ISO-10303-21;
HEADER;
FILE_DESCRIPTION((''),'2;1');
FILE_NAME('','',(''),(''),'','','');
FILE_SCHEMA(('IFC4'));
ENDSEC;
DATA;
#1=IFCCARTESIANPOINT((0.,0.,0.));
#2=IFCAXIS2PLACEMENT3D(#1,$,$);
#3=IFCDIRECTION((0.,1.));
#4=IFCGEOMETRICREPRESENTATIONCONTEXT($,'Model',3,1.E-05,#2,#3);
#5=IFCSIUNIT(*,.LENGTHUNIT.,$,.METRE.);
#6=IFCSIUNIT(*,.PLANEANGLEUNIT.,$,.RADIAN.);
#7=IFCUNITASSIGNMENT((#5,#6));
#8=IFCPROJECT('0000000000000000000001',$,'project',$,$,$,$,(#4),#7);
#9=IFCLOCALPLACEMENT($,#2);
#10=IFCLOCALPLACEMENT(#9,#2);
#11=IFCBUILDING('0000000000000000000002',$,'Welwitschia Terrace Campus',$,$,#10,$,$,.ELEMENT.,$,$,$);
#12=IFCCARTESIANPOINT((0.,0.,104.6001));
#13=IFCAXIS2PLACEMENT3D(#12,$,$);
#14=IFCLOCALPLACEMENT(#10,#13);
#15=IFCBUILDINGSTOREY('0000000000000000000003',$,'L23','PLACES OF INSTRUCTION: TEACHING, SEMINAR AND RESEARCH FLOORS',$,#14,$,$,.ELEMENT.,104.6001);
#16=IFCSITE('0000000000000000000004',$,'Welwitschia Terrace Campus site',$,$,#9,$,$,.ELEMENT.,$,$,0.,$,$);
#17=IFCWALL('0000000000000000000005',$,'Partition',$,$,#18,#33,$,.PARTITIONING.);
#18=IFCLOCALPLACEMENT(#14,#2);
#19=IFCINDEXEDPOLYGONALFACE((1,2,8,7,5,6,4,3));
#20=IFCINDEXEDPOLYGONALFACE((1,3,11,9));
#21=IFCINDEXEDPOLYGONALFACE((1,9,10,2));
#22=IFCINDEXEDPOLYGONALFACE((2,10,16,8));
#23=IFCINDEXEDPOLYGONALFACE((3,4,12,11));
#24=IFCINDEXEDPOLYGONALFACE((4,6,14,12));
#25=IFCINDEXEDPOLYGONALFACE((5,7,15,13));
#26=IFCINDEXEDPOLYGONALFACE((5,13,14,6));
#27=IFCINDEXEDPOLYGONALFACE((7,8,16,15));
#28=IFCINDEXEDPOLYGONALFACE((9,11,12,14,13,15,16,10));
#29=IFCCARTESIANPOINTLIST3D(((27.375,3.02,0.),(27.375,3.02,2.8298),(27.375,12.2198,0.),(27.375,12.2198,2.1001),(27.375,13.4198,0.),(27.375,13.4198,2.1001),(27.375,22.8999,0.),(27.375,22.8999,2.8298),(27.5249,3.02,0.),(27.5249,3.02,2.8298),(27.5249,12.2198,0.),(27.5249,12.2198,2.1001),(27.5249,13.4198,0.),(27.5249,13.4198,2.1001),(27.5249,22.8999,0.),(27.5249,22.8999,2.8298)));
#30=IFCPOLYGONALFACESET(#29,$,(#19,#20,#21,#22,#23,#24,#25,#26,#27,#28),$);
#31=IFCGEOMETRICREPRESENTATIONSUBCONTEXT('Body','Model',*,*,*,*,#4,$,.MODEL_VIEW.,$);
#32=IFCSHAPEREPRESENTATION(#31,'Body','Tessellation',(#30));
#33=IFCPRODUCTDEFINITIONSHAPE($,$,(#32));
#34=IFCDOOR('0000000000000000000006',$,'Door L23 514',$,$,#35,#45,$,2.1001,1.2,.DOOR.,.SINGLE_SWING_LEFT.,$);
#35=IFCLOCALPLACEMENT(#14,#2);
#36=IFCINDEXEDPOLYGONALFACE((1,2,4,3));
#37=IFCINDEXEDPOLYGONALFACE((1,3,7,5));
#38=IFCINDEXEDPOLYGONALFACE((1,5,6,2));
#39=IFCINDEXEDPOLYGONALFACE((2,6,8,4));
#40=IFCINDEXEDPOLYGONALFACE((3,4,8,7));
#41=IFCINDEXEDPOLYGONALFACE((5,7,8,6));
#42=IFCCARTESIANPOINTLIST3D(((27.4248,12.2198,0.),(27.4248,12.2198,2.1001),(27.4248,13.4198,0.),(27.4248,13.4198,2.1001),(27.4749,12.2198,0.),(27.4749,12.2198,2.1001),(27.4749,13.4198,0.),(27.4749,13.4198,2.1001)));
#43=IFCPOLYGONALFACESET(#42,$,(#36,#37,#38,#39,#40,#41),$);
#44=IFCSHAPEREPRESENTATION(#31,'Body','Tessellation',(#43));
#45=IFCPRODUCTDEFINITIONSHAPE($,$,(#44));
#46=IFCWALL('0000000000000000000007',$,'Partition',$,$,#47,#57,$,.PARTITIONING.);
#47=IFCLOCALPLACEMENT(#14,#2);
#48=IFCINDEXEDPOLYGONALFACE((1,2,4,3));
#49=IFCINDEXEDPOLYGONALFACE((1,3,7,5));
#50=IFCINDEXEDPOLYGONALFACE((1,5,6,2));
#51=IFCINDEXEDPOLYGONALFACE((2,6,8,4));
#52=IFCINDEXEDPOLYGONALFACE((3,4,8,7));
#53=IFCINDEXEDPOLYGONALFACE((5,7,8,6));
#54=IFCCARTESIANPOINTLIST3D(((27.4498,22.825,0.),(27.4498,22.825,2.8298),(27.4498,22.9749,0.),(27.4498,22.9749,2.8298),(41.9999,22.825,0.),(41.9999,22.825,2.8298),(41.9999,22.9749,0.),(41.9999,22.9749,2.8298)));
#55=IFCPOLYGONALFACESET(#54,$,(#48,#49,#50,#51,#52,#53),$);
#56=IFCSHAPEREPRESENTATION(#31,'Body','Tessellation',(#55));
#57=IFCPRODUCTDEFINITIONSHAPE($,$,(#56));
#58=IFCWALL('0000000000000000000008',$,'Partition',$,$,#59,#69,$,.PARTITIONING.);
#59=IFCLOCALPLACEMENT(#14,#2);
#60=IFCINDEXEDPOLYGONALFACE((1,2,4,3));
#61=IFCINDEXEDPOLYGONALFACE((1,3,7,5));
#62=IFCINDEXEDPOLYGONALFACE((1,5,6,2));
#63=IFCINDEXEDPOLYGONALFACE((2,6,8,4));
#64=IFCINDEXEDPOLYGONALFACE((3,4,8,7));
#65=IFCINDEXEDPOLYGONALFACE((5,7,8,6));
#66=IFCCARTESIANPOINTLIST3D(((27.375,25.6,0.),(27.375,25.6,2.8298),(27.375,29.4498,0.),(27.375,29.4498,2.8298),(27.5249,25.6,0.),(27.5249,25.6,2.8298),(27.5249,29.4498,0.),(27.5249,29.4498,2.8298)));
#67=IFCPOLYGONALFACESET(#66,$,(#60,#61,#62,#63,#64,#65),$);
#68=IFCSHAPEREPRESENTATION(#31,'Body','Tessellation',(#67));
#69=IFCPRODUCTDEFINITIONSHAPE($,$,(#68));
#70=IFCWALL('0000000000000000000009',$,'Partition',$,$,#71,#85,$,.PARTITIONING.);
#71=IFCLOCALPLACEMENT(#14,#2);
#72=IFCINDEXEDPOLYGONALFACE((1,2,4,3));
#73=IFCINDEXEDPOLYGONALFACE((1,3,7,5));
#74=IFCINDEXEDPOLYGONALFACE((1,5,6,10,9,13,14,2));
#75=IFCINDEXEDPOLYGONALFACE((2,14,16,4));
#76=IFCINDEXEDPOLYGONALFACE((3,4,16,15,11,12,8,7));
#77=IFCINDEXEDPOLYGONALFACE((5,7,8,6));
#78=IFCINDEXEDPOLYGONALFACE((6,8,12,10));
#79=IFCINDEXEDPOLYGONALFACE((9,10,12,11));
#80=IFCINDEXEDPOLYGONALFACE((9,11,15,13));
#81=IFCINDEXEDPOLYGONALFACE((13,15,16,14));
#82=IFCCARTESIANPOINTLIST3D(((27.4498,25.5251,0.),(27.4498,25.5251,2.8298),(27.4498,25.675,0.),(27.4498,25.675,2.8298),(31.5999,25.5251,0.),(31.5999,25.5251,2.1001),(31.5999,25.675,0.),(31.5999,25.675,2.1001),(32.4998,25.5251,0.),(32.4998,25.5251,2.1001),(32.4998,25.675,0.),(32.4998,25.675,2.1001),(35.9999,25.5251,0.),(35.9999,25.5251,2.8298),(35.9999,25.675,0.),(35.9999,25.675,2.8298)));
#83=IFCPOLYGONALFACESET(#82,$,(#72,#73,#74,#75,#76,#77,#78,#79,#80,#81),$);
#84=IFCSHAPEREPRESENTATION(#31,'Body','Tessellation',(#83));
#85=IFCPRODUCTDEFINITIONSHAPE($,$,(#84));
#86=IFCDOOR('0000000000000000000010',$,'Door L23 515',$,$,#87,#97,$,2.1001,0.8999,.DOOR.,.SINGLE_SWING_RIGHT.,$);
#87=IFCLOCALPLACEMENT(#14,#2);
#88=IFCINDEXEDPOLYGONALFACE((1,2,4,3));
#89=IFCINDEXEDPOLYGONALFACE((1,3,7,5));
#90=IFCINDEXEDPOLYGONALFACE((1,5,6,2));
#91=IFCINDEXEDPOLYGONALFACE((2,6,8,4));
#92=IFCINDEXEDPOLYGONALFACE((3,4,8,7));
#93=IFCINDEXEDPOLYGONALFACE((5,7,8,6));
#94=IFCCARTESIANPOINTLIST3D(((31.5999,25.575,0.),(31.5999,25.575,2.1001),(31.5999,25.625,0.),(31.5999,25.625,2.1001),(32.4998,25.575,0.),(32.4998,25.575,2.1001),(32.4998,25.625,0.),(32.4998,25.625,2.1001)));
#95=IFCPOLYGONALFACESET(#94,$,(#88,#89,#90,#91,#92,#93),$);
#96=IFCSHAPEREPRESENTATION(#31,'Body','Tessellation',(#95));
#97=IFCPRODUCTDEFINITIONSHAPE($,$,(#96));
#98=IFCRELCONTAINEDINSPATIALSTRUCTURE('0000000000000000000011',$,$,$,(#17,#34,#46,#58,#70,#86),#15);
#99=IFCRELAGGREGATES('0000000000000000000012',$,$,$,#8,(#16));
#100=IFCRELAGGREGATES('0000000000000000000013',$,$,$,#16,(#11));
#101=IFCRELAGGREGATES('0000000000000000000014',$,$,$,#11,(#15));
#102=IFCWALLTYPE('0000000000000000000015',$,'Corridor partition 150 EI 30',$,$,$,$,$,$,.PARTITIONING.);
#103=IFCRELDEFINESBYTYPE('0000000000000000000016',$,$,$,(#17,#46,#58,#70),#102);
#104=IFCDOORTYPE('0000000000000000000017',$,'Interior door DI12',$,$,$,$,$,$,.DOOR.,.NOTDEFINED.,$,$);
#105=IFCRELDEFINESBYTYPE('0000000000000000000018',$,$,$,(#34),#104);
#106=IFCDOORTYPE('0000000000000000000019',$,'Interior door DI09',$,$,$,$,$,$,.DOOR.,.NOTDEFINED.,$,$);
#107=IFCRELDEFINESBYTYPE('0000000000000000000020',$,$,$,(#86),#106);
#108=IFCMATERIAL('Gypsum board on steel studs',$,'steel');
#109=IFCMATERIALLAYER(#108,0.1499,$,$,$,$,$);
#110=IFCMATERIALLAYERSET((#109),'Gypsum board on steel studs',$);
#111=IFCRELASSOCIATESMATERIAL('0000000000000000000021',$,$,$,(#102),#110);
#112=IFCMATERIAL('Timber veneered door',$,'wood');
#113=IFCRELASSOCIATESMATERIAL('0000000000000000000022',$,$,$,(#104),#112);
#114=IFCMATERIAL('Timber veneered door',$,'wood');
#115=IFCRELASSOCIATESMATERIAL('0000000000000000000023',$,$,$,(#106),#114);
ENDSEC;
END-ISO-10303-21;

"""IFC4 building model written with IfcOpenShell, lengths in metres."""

from ifc_helpers import new_model, si_unit, direction, frame, frame_2d, origin, place, context, subcontext, project, spatial, rectangle, extrude, material, layer, layer_set, type_object, element, fill, save


model = new_model("IFC4")

# Units and contexts
model_context = context("Model", 3, precision=1e-05, world=origin(), true_north=direction((0.0, 1.0)))
body_context = subcontext(model_context, "Body", "Model", "MODEL_VIEW")
ifc_project = project(units=[si_unit("LENGTHUNIT", "METRE"), si_unit("PLANEANGLEUNIT", "RADIAN")], contexts=[model_context])

# Site, building, storey
site_placement = place(None, origin())
site = spatial("IfcSite", under=ifc_project, at=site_placement, Name="Welwitschia Terrace Campus site", CompositionType="ELEMENT", RefElevation=0.0)
building_placement = place(site_placement, origin())
building = spatial("IfcBuilding", under=site, at=building_placement, Name="Welwitschia Terrace Campus", CompositionType="ELEMENT")
storey_placement = place(building_placement, frame((0.0, 0.0, 104.6001)))
storey = spatial("IfcBuildingStorey", under=building, at=storey_placement, Name="L23", Description="PLACES OF INSTRUCTION: TEACHING, SEMINAR AND RESEARCH FLOORS", CompositionType="ELEMENT", Elevation=104.6001)

# Shared definitions
ifc_material_1 = material(Name="Gypsum board on steel studs", Category="steel")
ifc_layer = layer(ifc_material_1, 0.1499)
ifc_layer_set = layer_set([ifc_layer], Name="Gypsum board on steel studs")
wall_type = type_object("IfcWallType", Name="Corridor partition 150 EI 30", PredefinedType="PARTITIONING", material=ifc_layer_set)

# Wall, opening, door
wall_1_placement = place(storey_placement, frame((27.45, 22.8999, 0.0), z_axis=(0.0, 0.0, 1.0), x_axis=(0.0, -1.0, 0.0)))
wall_1 = element("IfcWall", 1, at=wall_1_placement, inside=storey, type_object=wall_type, Name="Partition", PredefinedType="PARTITIONING", context=body_context, shape_type="SweptSolid", body=[
    extrude(rectangle(XDim=19.8799, YDim=0.1499, at=frame_2d((9.9399, 0.0))), origin(), (0.0, 0.0, 1.0), 2.8298),
])
opening_1_placement = place(wall_1_placement, frame((9.48, 0.0, 0.0)))
opening_1 = element("IfcOpeningElement", 2, at=opening_1_placement, cuts=wall_1, PredefinedType="OPENING", context=body_context, shape_type="SweptSolid", body=[
    extrude(rectangle(XDim=1.2, YDim=2.1001, at=frame_2d((0.6001, 1.05))), frame((0.0, 0.085, 0.0), z_axis=(0.0, -1.0, 0.0), x_axis=(1.0, 0.0, 0.0)), (0.0, 0.0, 1.0), 0.1699),
])
ifc_material_2 = material(Name="Timber veneered door", Category="wood")
door_type_1 = type_object("IfcDoorType", Name="Interior door DI12", OperationType="NOTDEFINED", PredefinedType="DOOR", material=ifc_material_2)
door_1_placement = place(opening_1_placement, origin())
door_1 = element("IfcDoor", 3, at=door_1_placement, inside=storey, type_object=door_type_1, Name="Door L23 514", OperationType="SINGLE_SWING_LEFT", OverallHeight=2.1001, OverallWidth=1.2, PredefinedType="DOOR", context=body_context, shape_type="SweptSolid", body=[
    extrude(rectangle(XDim=1.2, YDim=2.1001, at=frame_2d((0.6001, 1.05))), frame((0.0, 0.0249, 0.0), z_axis=(0.0, -1.0, 0.0), x_axis=(1.0, 0.0, 0.0)), (0.0, 0.0, 1.0), 0.05),
])
fill(opening_1, door_1)

# Walls
wall_2_placement = place(storey_placement, frame((27.45, 22.8999, 0.0), z_axis=(0.0, 0.0, 1.0), x_axis=(1.0, 0.0, 0.0)))
element("IfcWall", 4, at=wall_2_placement, inside=storey, type_object=wall_type, Name="Partition", PredefinedType="PARTITIONING", context=body_context, shape_type="SweptSolid", body=[
    extrude(rectangle(XDim=14.55, YDim=0.1499, at=frame_2d((7.2749, 0.0))), origin(), (0.0, 0.0, 1.0), 2.8298),
])
wall_3_placement = place(storey_placement, frame((27.45, 25.6001, 0.0), z_axis=(0.0, 0.0, 1.0), x_axis=(0.0, 1.0, 0.0)))
element("IfcWall", 5, at=wall_3_placement, inside=storey, type_object=wall_type, Name="Partition", PredefinedType="PARTITIONING", context=body_context, shape_type="SweptSolid", body=[
    extrude(rectangle(XDim=3.8499, YDim=0.1499, at=frame_2d((1.9248, 0.0))), origin(), (0.0, 0.0, 1.0), 2.8298),
])

# Wall, opening, door
wall_4_placement = place(storey_placement, frame((27.45, 25.6001, 0.0), z_axis=(0.0, 0.0, 1.0), x_axis=(1.0, 0.0, 0.0)))
wall_4 = element("IfcWall", 6, at=wall_4_placement, inside=storey, type_object=wall_type, Name="Partition", PredefinedType="PARTITIONING", context=body_context, shape_type="SweptSolid", body=[
    extrude(rectangle(XDim=8.55, YDim=0.1499, at=frame_2d((4.2749, 0.0))), origin(), (0.0, 0.0, 1.0), 2.8298),
])
opening_2_placement = place(wall_4_placement, frame((4.1499, 0.0, 0.0)))
opening_2 = element("IfcOpeningElement", 7, at=opening_2_placement, cuts=wall_4, PredefinedType="OPENING", context=body_context, shape_type="SweptSolid", body=[
    extrude(rectangle(XDim=0.8999, YDim=2.1001, at=frame_2d((0.45, 1.05))), frame((0.0, 0.085, 0.0), z_axis=(0.0, -1.0, 0.0), x_axis=(1.0, 0.0, 0.0)), (0.0, 0.0, 1.0), 0.1699),
])
ifc_material_3 = material(Name="Timber veneered door", Category="wood")
door_type_2 = type_object("IfcDoorType", Name="Interior door DI09", OperationType="NOTDEFINED", PredefinedType="DOOR", material=ifc_material_3)
door_2_placement = place(opening_2_placement, origin())
door_2 = element("IfcDoor", 8, at=door_2_placement, inside=storey, type_object=door_type_2, Name="Door L23 515", OperationType="SINGLE_SWING_RIGHT", OverallHeight=2.1001, OverallWidth=0.8999, PredefinedType="DOOR", context=body_context, shape_type="SweptSolid", body=[
    extrude(rectangle(XDim=0.8999, YDim=2.1001, at=frame_2d((0.45, 1.05))), frame((0.0, 0.0249, 0.0), z_axis=(0.0, -1.0, 0.0), x_axis=(1.0, 0.0, 0.0)), (0.0, 0.0, 1.0), 0.05),
])
fill(opening_2, door_2)

save(model, "model.ifc")
